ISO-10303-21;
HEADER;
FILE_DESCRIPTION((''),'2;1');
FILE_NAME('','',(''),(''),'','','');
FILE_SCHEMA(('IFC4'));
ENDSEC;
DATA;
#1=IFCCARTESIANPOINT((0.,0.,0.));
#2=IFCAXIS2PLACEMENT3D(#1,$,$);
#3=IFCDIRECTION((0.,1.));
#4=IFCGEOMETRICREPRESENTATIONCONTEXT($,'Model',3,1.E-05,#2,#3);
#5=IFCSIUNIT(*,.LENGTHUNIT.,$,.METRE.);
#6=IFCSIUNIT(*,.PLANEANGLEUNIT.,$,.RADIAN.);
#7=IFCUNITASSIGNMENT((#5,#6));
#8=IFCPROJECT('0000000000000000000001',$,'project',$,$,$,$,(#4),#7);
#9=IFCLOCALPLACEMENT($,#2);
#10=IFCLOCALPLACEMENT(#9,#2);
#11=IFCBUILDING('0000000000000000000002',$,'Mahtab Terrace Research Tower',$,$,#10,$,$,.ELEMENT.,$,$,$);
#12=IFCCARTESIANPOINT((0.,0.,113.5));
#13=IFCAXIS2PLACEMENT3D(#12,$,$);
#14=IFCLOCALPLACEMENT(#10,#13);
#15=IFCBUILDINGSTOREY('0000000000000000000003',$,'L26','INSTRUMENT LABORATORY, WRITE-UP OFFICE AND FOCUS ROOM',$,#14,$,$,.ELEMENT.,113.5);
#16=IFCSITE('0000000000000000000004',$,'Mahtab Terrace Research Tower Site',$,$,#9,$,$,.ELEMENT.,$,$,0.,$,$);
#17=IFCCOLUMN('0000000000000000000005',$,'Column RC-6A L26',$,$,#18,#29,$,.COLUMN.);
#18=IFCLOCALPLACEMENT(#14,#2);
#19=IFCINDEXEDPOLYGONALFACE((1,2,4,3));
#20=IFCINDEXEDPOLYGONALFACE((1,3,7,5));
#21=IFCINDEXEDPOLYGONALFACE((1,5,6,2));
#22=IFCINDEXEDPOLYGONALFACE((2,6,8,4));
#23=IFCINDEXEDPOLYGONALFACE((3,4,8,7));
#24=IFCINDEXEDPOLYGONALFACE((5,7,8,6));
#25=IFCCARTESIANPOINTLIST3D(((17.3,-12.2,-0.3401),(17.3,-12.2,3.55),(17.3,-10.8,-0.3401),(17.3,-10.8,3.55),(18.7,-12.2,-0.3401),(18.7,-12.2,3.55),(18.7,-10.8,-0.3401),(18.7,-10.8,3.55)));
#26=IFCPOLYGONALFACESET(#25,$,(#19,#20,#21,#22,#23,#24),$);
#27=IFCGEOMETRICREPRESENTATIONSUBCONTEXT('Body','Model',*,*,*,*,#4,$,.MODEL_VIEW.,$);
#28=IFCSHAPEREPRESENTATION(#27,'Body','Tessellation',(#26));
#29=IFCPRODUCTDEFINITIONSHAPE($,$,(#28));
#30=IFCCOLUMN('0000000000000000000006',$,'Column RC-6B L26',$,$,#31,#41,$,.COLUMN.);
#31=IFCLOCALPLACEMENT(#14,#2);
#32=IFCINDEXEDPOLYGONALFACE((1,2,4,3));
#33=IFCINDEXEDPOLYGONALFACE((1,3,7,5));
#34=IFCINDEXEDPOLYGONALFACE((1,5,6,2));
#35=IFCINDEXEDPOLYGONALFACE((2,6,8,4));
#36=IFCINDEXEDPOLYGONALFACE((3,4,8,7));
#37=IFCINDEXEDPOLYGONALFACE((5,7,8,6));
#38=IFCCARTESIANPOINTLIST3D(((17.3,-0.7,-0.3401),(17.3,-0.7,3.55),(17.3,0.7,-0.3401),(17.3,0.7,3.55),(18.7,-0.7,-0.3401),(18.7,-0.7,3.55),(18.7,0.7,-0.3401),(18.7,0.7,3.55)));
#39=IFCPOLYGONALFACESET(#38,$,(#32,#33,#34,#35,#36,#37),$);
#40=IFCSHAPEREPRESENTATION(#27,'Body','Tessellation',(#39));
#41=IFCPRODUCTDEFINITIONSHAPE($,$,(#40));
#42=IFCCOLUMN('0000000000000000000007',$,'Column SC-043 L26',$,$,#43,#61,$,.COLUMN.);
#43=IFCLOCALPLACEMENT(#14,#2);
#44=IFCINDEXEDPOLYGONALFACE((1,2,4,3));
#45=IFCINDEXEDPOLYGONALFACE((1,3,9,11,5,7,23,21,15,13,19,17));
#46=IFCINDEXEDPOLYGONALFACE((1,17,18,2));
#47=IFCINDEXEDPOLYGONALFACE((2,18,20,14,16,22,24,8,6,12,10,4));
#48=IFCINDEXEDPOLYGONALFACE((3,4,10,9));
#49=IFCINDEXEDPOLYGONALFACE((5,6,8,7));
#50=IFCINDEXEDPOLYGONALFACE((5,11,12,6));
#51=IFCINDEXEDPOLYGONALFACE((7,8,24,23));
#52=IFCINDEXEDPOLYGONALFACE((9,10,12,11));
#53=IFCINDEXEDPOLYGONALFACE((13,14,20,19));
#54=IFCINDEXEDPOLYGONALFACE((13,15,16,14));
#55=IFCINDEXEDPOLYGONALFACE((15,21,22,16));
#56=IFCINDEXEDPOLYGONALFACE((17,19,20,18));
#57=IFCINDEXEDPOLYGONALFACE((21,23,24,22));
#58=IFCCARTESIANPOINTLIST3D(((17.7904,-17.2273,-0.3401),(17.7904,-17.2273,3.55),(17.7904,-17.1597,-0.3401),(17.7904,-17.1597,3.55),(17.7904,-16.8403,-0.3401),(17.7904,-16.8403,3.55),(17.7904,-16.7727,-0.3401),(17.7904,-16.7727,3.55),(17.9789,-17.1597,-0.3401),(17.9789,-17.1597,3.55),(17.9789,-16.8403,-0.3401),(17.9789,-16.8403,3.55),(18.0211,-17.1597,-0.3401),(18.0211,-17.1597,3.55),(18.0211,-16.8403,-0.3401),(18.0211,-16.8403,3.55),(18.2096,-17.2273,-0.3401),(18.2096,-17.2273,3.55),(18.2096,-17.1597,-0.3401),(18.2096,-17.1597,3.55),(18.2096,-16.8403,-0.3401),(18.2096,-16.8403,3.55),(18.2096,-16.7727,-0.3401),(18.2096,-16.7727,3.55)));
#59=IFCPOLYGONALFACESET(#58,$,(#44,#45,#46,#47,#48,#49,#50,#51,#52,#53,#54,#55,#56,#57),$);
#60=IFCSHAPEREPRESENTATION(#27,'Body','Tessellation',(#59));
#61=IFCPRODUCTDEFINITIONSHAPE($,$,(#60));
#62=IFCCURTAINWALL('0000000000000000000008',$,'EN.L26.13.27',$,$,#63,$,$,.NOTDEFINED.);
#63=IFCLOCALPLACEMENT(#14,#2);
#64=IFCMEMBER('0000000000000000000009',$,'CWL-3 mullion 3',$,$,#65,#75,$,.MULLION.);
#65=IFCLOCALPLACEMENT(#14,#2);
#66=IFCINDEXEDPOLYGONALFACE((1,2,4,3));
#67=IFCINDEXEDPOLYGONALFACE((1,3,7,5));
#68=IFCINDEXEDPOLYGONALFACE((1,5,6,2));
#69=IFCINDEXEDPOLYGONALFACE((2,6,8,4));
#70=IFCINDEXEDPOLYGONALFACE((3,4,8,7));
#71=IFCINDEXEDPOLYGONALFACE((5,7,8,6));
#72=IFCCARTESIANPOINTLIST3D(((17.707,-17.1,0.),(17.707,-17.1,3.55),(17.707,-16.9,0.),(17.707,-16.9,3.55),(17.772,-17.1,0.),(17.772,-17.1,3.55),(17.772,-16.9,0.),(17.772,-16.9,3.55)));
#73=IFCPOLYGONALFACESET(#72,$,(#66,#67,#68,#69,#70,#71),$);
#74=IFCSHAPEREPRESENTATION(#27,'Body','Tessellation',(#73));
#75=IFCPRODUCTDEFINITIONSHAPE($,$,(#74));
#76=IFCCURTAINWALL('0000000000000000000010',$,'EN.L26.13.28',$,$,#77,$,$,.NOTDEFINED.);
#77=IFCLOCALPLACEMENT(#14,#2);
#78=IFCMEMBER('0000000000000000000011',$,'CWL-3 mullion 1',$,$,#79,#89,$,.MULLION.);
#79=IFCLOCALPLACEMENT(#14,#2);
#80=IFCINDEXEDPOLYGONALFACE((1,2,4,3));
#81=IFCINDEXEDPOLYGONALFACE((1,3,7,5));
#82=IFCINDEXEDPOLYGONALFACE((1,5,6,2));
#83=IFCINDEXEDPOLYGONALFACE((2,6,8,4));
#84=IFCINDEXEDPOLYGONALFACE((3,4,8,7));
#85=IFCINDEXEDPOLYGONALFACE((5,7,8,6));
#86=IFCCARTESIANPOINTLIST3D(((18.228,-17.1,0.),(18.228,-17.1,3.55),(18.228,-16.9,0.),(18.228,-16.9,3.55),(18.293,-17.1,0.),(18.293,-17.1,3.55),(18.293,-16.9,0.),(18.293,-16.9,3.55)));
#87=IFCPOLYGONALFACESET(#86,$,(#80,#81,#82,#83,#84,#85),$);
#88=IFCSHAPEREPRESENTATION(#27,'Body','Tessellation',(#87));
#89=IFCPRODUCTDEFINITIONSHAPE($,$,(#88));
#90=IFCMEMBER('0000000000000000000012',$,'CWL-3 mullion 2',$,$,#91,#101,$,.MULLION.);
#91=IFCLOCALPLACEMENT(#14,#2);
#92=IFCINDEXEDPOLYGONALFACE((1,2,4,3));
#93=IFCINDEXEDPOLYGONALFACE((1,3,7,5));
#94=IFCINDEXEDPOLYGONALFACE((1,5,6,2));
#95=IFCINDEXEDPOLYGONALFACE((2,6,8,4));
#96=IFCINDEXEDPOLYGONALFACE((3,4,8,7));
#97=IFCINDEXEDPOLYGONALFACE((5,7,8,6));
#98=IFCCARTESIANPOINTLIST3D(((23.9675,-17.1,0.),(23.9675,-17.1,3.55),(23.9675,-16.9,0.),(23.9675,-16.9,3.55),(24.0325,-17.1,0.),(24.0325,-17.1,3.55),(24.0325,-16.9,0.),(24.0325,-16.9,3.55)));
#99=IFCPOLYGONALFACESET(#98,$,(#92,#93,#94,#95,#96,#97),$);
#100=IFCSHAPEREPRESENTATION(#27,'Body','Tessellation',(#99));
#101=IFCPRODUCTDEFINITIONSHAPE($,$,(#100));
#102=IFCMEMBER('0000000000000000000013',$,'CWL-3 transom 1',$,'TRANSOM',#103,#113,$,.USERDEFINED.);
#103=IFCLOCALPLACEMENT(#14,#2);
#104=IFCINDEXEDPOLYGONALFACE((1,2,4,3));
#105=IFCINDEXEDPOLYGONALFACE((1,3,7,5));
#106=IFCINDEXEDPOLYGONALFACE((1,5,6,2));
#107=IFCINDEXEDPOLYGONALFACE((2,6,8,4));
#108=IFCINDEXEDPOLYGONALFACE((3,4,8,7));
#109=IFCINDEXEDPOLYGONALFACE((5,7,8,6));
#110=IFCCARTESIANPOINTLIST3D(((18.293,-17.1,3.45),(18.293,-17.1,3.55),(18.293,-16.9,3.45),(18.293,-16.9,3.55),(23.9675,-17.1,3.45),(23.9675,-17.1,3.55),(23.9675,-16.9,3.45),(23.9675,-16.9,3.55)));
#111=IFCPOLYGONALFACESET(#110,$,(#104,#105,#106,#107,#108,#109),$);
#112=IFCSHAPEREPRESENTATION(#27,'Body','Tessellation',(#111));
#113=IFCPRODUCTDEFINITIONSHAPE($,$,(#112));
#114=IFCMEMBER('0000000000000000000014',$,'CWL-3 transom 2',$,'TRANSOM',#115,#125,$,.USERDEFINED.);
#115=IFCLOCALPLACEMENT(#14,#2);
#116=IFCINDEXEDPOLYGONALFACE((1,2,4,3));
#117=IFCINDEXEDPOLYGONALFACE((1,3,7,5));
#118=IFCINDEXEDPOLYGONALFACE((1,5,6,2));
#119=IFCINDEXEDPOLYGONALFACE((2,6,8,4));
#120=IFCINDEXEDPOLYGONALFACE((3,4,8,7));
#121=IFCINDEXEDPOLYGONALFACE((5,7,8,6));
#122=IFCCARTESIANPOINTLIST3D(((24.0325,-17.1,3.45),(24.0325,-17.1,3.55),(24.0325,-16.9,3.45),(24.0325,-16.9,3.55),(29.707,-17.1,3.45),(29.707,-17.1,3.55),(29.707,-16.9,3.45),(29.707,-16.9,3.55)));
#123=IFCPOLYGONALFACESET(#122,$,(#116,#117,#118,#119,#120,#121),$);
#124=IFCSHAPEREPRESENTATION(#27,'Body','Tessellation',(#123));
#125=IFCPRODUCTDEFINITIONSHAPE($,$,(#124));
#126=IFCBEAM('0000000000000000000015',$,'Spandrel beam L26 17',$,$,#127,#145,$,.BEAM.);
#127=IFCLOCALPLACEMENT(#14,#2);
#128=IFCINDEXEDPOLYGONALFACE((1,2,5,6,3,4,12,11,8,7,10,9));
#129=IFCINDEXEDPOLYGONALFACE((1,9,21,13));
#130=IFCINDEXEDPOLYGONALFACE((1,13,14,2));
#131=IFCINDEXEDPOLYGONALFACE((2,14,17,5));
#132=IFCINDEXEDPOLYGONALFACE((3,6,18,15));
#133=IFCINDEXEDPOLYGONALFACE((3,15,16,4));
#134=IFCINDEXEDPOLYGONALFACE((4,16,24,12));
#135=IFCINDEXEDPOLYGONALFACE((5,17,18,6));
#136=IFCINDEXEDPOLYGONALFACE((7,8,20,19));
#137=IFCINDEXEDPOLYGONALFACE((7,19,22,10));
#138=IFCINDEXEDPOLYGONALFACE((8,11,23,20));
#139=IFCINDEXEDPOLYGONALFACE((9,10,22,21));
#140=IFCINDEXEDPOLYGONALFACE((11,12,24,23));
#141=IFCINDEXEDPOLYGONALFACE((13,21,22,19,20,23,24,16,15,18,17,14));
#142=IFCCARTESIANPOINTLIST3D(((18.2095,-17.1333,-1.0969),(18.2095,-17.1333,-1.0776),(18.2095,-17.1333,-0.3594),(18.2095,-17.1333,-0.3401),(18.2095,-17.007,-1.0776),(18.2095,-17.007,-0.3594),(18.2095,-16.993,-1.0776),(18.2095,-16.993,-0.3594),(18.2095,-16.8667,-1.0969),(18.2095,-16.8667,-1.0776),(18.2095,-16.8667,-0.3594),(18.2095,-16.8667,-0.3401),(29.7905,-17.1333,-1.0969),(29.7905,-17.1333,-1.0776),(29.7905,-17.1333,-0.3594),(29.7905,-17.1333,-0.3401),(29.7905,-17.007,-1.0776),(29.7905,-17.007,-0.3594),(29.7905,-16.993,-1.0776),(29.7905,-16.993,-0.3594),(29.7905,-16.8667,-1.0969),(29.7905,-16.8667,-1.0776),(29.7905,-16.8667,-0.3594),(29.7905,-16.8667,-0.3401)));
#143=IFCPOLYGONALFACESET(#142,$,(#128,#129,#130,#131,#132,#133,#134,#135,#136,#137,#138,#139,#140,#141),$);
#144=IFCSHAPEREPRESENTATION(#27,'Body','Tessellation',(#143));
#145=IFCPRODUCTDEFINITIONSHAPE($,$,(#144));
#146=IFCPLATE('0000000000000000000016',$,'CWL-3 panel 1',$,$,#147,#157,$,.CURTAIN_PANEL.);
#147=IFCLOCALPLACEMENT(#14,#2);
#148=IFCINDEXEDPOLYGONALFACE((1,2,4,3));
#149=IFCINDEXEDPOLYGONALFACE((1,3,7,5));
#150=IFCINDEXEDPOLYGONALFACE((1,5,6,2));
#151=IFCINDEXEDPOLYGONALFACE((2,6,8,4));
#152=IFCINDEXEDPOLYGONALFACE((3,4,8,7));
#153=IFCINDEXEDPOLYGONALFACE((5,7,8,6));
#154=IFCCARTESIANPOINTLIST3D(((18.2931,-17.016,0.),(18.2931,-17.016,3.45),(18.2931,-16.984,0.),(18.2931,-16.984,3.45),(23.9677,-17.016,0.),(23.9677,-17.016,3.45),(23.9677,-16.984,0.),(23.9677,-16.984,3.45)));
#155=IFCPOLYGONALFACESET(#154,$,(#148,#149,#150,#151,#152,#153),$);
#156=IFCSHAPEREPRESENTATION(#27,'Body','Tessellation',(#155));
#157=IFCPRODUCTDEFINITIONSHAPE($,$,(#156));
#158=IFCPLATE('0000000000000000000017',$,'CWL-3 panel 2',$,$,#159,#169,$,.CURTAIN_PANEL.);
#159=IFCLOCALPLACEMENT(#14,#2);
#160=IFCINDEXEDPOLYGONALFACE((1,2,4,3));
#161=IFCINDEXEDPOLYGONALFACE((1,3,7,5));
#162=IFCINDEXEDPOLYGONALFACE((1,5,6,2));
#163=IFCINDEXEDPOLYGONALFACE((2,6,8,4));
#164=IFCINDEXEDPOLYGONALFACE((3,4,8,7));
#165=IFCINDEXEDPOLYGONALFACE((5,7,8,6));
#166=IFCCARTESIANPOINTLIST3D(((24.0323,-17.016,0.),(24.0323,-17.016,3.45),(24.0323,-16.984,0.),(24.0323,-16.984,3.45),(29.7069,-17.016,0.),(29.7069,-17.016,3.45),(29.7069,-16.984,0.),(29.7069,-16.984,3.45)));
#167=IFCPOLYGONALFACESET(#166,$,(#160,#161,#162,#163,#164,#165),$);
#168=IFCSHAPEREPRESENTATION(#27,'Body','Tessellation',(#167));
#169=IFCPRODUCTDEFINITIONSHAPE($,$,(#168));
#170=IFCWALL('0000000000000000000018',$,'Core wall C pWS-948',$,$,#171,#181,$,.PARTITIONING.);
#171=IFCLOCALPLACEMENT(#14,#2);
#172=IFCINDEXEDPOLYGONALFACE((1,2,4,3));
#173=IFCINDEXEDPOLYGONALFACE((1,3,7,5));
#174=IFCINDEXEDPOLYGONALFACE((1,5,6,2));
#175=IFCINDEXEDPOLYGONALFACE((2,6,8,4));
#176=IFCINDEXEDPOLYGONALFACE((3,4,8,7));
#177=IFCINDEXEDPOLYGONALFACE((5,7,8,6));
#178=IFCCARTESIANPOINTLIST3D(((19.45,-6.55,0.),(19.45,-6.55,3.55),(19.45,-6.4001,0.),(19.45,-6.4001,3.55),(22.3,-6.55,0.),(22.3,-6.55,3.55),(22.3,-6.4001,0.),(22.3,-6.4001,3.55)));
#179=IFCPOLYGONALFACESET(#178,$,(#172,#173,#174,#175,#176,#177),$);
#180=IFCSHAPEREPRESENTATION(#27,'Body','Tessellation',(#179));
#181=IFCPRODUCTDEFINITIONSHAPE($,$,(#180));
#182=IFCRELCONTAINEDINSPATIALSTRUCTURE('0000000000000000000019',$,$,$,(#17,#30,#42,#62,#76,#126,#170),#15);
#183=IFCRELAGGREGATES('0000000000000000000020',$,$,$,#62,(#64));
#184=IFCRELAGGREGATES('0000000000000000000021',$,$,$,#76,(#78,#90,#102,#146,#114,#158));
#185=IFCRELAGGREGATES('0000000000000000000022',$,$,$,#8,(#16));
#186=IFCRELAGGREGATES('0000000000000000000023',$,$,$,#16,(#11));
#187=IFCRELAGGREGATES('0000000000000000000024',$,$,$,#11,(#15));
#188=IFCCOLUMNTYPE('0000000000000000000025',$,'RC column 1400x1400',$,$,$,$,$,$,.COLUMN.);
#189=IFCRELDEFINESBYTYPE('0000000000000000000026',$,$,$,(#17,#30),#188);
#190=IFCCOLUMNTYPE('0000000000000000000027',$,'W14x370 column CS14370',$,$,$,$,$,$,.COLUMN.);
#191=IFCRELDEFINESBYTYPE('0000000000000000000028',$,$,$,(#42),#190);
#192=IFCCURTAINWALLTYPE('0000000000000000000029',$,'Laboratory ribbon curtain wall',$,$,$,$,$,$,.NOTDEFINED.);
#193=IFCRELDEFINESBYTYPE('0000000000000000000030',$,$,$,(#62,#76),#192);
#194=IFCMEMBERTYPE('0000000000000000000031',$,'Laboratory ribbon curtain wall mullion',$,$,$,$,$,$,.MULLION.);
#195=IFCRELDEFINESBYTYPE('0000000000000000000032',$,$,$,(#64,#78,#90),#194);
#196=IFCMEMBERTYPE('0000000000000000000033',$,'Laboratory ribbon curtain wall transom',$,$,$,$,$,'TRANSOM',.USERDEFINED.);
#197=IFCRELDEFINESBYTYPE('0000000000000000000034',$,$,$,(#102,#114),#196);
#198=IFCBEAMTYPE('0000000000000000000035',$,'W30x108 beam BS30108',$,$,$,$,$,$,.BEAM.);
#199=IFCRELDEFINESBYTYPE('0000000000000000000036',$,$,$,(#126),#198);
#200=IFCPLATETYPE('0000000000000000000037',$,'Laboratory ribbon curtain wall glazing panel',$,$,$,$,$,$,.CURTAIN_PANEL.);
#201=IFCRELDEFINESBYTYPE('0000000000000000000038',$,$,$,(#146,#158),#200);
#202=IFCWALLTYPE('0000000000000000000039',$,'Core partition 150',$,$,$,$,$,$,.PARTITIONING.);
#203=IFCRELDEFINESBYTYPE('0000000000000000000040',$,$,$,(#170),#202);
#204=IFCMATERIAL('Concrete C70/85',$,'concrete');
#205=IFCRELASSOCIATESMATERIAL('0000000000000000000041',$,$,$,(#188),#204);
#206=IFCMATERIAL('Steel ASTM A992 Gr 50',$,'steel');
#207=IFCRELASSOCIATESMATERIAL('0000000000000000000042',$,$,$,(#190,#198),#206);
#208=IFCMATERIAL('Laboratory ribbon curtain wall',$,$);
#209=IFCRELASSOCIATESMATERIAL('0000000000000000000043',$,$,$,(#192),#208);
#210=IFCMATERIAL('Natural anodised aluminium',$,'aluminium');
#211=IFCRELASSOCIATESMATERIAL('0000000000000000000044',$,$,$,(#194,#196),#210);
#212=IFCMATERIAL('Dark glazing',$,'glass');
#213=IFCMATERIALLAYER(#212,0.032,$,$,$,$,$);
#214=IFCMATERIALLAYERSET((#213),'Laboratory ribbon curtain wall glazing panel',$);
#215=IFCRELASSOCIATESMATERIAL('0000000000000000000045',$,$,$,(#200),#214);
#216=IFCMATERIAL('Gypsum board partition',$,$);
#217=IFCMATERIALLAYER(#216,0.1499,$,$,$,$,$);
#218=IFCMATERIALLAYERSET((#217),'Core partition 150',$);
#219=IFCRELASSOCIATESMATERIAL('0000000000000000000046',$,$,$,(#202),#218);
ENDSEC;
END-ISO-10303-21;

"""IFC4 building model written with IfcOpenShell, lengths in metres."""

from ifc_helpers import new_model, si_unit, direction, frame, frame_2d, origin, origin_2d, place, context, subcontext, project, spatial, rectangle, i_section, extrude, material, layer, layer_set, material_profile, profile_set, type_object, element, aggregate, save


model = new_model("IFC4")

# Units and contexts
model_context = context("Model", 3, precision=1e-05, world=origin(), true_north=direction((0.0, 1.0)))
body_context = subcontext(model_context, "Body", "Model", "MODEL_VIEW")
ifc_project = project(units=[si_unit("LENGTHUNIT", "METRE"), si_unit("PLANEANGLEUNIT", "RADIAN")], contexts=[model_context])

# Site, building, storey
site_placement = place(None, origin())
site = spatial("IfcSite", under=ifc_project, at=site_placement, Name="Mahtab Terrace Research Tower Site", CompositionType="ELEMENT", RefElevation=0.0)
building_placement = place(site_placement, origin())
building = spatial("IfcBuilding", under=site, at=building_placement, Name="Mahtab Terrace Research Tower", CompositionType="ELEMENT")
storey_placement = place(building_placement, frame((0.0, 0.0, 113.5)))
storey = spatial("IfcBuildingStorey", under=building, at=storey_placement, Name="L26", Description="INSTRUMENT LABORATORY, WRITE-UP OFFICE AND FOCUS ROOM", CompositionType="ELEMENT", Elevation=113.5)

# Columns
ifc_material_1 = material(Name="Concrete C70/85", Category="concrete")
ifc_material_profile_1 = material_profile(ifc_material_1, rectangle(XDim=1.3999, YDim=1.3999, at=origin_2d()), Name="RC column 1400x1400")
ifc_profile_set_1 = profile_set([ifc_material_profile_1], Name="Concrete C70/85")
column_type_1 = type_object("IfcColumnType", Name="RC column 1400x1400", PredefinedType="COLUMN", material=ifc_profile_set_1)
for number, where, z_axis, x_axis, name in (
    (1, (18.0, -11.5, -0.3401), (0.0, 0.0, 1.0), (1.0, 0.0, 0.0), "Column RC-6A L26"),
    (2, (18.0, 0.0, -0.3401), (0.0, 0.0, 1.0), (1.0, 0.0, 0.0), "Column RC-6B L26"),
):
    element("IfcColumn", number, at=place(storey_placement, frame(where, z_axis=z_axis, x_axis=x_axis)), inside=storey, type_object=column_type_1, Name=name, PredefinedType="COLUMN", context=body_context, shape_type="SweptSolid", body=[
        extrude(rectangle(XDim=1.3999, YDim=1.3999, at=origin_2d()), origin(), (0.0, 0.0, 1.0), 3.8901),
    ])
ifc_material_2 = material(Name="Steel ASTM A992 Gr 50", Category="steel")
ifc_material_profile_2 = material_profile(ifc_material_2, i_section(OverallWidth=0.4192, OverallDepth=0.4546, WebThickness=0.0422, FlangeThickness=0.0676, at=origin_2d()), Name="W14X370")
ifc_profile_set_2 = profile_set([ifc_material_profile_2], Name="Steel ASTM A992 Gr 50")
column_type_2 = type_object("IfcColumnType", Name="W14x370 column CS14370", PredefinedType="COLUMN", material=ifc_profile_set_2)
column_placement = place(storey_placement, frame((18.0, -17.0, -0.3401), z_axis=(0.0, 0.0, 1.0), x_axis=(1.0, 0.0, 0.0)))
element("IfcColumn", 3, at=column_placement, inside=storey, type_object=column_type_2, Name="Column SC-043 L26", PredefinedType="COLUMN", context=body_context, shape_type="SweptSolid", body=[
    extrude(i_section(OverallWidth=0.4192, OverallDepth=0.4546, WebThickness=0.0422, FlangeThickness=0.0676, at=origin_2d()), origin(), (0.0, 0.0, 1.0), 3.8901),
])

# Curtain wall, member
ifc_material_3 = material(Name="Laboratory ribbon curtain wall")
curtain_wall_type = type_object("IfcCurtainWallType", Name="Laboratory ribbon curtain wall", PredefinedType="NOTDEFINED", material=ifc_material_3)
curtain_wall_1_placement = place(storey_placement, origin())
curtain_wall_1 = element("IfcCurtainWall", 4, at=curtain_wall_1_placement, inside=storey, type_object=curtain_wall_type, Name="EN.L26.13.27", PredefinedType="NOTDEFINED")
ifc_material_4 = material(Name="Natural anodised aluminium", Category="aluminium")
ifc_material_profile_3 = material_profile(ifc_material_4, rectangle(XDim=0.2, YDim=0.0649, at=origin_2d()), Name="MULLION 65x200")
ifc_profile_set_3 = profile_set([ifc_material_profile_3], Name="Natural anodised aluminium")
member_type_1 = type_object("IfcMemberType", Name="Laboratory ribbon curtain wall mullion", PredefinedType="MULLION", material=ifc_profile_set_3)
member_1_placement = place(storey_placement, frame((17.7395, -17.0, 0.0), z_axis=(0.0, 0.0, 1.0), x_axis=(0.0, 1.0, 0.0)))
member_1 = element("IfcMember", 5, at=member_1_placement, type_object=member_type_1, Name="CWL-3 mullion 3", PredefinedType="MULLION", context=body_context, shape_type="SweptSolid", body=[
    extrude(rectangle(XDim=0.2, YDim=0.0649, at=origin_2d()), origin(), (0.0, 0.0, 1.0), 3.55),
])
aggregate(curtain_wall_1, [member_1])

# Curtain wall, members
curtain_wall_2_placement = place(storey_placement, origin())
curtain_wall_2 = element("IfcCurtainWall", 6, at=curtain_wall_2_placement, inside=storey, type_object=curtain_wall_type, Name="EN.L26.13.28", PredefinedType="NOTDEFINED")
member_2_placement = place(storey_placement, frame((18.2605, -17.0, 0.0), z_axis=(0.0, 0.0, 1.0), x_axis=(0.0, 1.0, 0.0)))
member_2 = element("IfcMember", 7, at=member_2_placement, type_object=member_type_1, Name="CWL-3 mullion 1", PredefinedType="MULLION", context=body_context, shape_type="SweptSolid", body=[
    extrude(rectangle(XDim=0.2, YDim=0.0649, at=origin_2d()), origin(), (0.0, 0.0, 1.0), 3.55),
])
member_3_placement = place(storey_placement, frame((24.0, -17.0, 0.0), z_axis=(0.0, 0.0, 1.0), x_axis=(0.0, 1.0, 0.0)))
member_3 = element("IfcMember", 8, at=member_3_placement, type_object=member_type_1, Name="CWL-3 mullion 2", PredefinedType="MULLION", context=body_context, shape_type="SweptSolid", body=[
    extrude(rectangle(XDim=0.2, YDim=0.0649, at=origin_2d()), origin(), (0.0, 0.0, 1.0), 3.55),
])
ifc_material_profile_4 = material_profile(ifc_material_4, rectangle(XDim=0.2, YDim=0.1001, at=origin_2d()), Name="TRANSOM 100x200")
ifc_profile_set_4 = profile_set([ifc_material_profile_4], Name="Natural anodised aluminium")
member_type_2 = type_object("IfcMemberType", Name="Laboratory ribbon curtain wall transom", ElementType="TRANSOM", PredefinedType="USERDEFINED", material=ifc_profile_set_4)
member_4_placement = place(storey_placement, frame((18.293, -17.0, 3.5), z_axis=(1.0, 0.0, 0.0), x_axis=(0.0, 1.0, 0.0)))
member_4 = element("IfcMember", 9, at=member_4_placement, type_object=member_type_2, Name="CWL-3 transom 1", ObjectType="TRANSOM", PredefinedType="USERDEFINED", context=body_context, shape_type="SweptSolid", body=[
    extrude(rectangle(XDim=0.2, YDim=0.1001, at=origin_2d()), origin(), (0.0, 0.0, 1.0), 5.6746),
])
member_5_placement = place(storey_placement, frame((24.0325, -17.0, 3.5), z_axis=(1.0, 0.0, 0.0), x_axis=(0.0, 1.0, 0.0)))
member_5 = element("IfcMember", 10, at=member_5_placement, type_object=member_type_2, Name="CWL-3 transom 2", ObjectType="TRANSOM", PredefinedType="USERDEFINED", context=body_context, shape_type="SweptSolid", body=[
    extrude(rectangle(XDim=0.2, YDim=0.1001, at=origin_2d()), origin(), (0.0, 0.0, 1.0), 5.6746),
])

# Beam
ifc_material_profile_5 = material_profile(ifc_material_2, i_section(OverallWidth=0.2666, OverallDepth=0.7568, WebThickness=0.0139, FlangeThickness=0.0193, at=origin_2d()), Name="W30X108")
ifc_profile_set_5 = profile_set([ifc_material_profile_5], Name="Steel ASTM A992 Gr 50")
beam_type = type_object("IfcBeamType", Name="W30x108 beam BS30108", PredefinedType="BEAM", material=ifc_profile_set_5)
beam_placement = place(storey_placement, frame((18.2095, -17.0, -0.7185), z_axis=(1.0, 0.0, 0.0), x_axis=(0.0, 1.0, 0.0)))
element("IfcBeam", 11, at=beam_placement, inside=storey, type_object=beam_type, Name="Spandrel beam L26 17", PredefinedType="BEAM", context=body_context, shape_type="SweptSolid", body=[
    extrude(i_section(OverallWidth=0.2666, OverallDepth=0.7568, WebThickness=0.0139, FlangeThickness=0.0193, at=origin_2d()), origin(), (0.0, 0.0, 1.0), 11.5811),
])

# Plates
ifc_material_5 = material(Name="Dark glazing", Category="glass")
ifc_layer_1 = layer(ifc_material_5, 0.032)
ifc_layer_set_1 = layer_set([ifc_layer_1], Name="Laboratory ribbon curtain wall glazing panel")
plate_type = type_object("IfcPlateType", Name="Laboratory ribbon curtain wall glazing panel", PredefinedType="CURTAIN_PANEL", material=ifc_layer_set_1)
plate_1_placement = place(storey_placement, frame((21.1304, -17.0, 0.0), z_axis=(0.0, 0.0, 1.0), x_axis=(1.0, 0.0, 0.0)))
plate_1 = element("IfcPlate", 12, at=plate_1_placement, type_object=plate_type, Name="CWL-3 panel 1", PredefinedType="CURTAIN_PANEL", context=body_context, shape_type="SweptSolid", body=[
    extrude(rectangle(XDim=5.6746, YDim=0.032, at=origin_2d()), origin(), (0.0, 0.0, 1.0), 3.45),
])
plate_2_placement = place(storey_placement, frame((26.8696, -17.0, 0.0), z_axis=(0.0, 0.0, 1.0), x_axis=(1.0, 0.0, 0.0)))
plate_2 = element("IfcPlate", 13, at=plate_2_placement, type_object=plate_type, Name="CWL-3 panel 2", PredefinedType="CURTAIN_PANEL", context=body_context, shape_type="SweptSolid", body=[
    extrude(rectangle(XDim=5.6746, YDim=0.032, at=origin_2d()), origin(), (0.0, 0.0, 1.0), 3.45),
])
aggregate(curtain_wall_2, [member_2, member_3, member_4, plate_1, member_5, plate_2])

# Wall
ifc_material_6 = material(Name="Gypsum board partition")
ifc_layer_2 = layer(ifc_material_6, 0.1499)
ifc_layer_set_2 = layer_set([ifc_layer_2], Name="Core partition 150")
wall_type_1 = type_object("IfcWallType", Name="Core partition 150", PredefinedType="PARTITIONING", material=ifc_layer_set_2)
wall_1_placement = place(storey_placement, frame((19.45, -6.4751, 0.0), z_axis=(0.0, 0.0, 1.0), x_axis=(1.0, 0.0, 0.0)))
element("IfcWall", 14, at=wall_1_placement, inside=storey, type_object=wall_type_1, Name="Core wall C pWS-948", PredefinedType="PARTITIONING", context=body_context, shape_type="SweptSolid", body=[
    extrude(rectangle(XDim=2.8501, YDim=0.1499, at=frame_2d((1.425, 0.0))), origin(), (0.0, 0.0, 1.0), 3.55),
])

save(model, "model.ifc")
